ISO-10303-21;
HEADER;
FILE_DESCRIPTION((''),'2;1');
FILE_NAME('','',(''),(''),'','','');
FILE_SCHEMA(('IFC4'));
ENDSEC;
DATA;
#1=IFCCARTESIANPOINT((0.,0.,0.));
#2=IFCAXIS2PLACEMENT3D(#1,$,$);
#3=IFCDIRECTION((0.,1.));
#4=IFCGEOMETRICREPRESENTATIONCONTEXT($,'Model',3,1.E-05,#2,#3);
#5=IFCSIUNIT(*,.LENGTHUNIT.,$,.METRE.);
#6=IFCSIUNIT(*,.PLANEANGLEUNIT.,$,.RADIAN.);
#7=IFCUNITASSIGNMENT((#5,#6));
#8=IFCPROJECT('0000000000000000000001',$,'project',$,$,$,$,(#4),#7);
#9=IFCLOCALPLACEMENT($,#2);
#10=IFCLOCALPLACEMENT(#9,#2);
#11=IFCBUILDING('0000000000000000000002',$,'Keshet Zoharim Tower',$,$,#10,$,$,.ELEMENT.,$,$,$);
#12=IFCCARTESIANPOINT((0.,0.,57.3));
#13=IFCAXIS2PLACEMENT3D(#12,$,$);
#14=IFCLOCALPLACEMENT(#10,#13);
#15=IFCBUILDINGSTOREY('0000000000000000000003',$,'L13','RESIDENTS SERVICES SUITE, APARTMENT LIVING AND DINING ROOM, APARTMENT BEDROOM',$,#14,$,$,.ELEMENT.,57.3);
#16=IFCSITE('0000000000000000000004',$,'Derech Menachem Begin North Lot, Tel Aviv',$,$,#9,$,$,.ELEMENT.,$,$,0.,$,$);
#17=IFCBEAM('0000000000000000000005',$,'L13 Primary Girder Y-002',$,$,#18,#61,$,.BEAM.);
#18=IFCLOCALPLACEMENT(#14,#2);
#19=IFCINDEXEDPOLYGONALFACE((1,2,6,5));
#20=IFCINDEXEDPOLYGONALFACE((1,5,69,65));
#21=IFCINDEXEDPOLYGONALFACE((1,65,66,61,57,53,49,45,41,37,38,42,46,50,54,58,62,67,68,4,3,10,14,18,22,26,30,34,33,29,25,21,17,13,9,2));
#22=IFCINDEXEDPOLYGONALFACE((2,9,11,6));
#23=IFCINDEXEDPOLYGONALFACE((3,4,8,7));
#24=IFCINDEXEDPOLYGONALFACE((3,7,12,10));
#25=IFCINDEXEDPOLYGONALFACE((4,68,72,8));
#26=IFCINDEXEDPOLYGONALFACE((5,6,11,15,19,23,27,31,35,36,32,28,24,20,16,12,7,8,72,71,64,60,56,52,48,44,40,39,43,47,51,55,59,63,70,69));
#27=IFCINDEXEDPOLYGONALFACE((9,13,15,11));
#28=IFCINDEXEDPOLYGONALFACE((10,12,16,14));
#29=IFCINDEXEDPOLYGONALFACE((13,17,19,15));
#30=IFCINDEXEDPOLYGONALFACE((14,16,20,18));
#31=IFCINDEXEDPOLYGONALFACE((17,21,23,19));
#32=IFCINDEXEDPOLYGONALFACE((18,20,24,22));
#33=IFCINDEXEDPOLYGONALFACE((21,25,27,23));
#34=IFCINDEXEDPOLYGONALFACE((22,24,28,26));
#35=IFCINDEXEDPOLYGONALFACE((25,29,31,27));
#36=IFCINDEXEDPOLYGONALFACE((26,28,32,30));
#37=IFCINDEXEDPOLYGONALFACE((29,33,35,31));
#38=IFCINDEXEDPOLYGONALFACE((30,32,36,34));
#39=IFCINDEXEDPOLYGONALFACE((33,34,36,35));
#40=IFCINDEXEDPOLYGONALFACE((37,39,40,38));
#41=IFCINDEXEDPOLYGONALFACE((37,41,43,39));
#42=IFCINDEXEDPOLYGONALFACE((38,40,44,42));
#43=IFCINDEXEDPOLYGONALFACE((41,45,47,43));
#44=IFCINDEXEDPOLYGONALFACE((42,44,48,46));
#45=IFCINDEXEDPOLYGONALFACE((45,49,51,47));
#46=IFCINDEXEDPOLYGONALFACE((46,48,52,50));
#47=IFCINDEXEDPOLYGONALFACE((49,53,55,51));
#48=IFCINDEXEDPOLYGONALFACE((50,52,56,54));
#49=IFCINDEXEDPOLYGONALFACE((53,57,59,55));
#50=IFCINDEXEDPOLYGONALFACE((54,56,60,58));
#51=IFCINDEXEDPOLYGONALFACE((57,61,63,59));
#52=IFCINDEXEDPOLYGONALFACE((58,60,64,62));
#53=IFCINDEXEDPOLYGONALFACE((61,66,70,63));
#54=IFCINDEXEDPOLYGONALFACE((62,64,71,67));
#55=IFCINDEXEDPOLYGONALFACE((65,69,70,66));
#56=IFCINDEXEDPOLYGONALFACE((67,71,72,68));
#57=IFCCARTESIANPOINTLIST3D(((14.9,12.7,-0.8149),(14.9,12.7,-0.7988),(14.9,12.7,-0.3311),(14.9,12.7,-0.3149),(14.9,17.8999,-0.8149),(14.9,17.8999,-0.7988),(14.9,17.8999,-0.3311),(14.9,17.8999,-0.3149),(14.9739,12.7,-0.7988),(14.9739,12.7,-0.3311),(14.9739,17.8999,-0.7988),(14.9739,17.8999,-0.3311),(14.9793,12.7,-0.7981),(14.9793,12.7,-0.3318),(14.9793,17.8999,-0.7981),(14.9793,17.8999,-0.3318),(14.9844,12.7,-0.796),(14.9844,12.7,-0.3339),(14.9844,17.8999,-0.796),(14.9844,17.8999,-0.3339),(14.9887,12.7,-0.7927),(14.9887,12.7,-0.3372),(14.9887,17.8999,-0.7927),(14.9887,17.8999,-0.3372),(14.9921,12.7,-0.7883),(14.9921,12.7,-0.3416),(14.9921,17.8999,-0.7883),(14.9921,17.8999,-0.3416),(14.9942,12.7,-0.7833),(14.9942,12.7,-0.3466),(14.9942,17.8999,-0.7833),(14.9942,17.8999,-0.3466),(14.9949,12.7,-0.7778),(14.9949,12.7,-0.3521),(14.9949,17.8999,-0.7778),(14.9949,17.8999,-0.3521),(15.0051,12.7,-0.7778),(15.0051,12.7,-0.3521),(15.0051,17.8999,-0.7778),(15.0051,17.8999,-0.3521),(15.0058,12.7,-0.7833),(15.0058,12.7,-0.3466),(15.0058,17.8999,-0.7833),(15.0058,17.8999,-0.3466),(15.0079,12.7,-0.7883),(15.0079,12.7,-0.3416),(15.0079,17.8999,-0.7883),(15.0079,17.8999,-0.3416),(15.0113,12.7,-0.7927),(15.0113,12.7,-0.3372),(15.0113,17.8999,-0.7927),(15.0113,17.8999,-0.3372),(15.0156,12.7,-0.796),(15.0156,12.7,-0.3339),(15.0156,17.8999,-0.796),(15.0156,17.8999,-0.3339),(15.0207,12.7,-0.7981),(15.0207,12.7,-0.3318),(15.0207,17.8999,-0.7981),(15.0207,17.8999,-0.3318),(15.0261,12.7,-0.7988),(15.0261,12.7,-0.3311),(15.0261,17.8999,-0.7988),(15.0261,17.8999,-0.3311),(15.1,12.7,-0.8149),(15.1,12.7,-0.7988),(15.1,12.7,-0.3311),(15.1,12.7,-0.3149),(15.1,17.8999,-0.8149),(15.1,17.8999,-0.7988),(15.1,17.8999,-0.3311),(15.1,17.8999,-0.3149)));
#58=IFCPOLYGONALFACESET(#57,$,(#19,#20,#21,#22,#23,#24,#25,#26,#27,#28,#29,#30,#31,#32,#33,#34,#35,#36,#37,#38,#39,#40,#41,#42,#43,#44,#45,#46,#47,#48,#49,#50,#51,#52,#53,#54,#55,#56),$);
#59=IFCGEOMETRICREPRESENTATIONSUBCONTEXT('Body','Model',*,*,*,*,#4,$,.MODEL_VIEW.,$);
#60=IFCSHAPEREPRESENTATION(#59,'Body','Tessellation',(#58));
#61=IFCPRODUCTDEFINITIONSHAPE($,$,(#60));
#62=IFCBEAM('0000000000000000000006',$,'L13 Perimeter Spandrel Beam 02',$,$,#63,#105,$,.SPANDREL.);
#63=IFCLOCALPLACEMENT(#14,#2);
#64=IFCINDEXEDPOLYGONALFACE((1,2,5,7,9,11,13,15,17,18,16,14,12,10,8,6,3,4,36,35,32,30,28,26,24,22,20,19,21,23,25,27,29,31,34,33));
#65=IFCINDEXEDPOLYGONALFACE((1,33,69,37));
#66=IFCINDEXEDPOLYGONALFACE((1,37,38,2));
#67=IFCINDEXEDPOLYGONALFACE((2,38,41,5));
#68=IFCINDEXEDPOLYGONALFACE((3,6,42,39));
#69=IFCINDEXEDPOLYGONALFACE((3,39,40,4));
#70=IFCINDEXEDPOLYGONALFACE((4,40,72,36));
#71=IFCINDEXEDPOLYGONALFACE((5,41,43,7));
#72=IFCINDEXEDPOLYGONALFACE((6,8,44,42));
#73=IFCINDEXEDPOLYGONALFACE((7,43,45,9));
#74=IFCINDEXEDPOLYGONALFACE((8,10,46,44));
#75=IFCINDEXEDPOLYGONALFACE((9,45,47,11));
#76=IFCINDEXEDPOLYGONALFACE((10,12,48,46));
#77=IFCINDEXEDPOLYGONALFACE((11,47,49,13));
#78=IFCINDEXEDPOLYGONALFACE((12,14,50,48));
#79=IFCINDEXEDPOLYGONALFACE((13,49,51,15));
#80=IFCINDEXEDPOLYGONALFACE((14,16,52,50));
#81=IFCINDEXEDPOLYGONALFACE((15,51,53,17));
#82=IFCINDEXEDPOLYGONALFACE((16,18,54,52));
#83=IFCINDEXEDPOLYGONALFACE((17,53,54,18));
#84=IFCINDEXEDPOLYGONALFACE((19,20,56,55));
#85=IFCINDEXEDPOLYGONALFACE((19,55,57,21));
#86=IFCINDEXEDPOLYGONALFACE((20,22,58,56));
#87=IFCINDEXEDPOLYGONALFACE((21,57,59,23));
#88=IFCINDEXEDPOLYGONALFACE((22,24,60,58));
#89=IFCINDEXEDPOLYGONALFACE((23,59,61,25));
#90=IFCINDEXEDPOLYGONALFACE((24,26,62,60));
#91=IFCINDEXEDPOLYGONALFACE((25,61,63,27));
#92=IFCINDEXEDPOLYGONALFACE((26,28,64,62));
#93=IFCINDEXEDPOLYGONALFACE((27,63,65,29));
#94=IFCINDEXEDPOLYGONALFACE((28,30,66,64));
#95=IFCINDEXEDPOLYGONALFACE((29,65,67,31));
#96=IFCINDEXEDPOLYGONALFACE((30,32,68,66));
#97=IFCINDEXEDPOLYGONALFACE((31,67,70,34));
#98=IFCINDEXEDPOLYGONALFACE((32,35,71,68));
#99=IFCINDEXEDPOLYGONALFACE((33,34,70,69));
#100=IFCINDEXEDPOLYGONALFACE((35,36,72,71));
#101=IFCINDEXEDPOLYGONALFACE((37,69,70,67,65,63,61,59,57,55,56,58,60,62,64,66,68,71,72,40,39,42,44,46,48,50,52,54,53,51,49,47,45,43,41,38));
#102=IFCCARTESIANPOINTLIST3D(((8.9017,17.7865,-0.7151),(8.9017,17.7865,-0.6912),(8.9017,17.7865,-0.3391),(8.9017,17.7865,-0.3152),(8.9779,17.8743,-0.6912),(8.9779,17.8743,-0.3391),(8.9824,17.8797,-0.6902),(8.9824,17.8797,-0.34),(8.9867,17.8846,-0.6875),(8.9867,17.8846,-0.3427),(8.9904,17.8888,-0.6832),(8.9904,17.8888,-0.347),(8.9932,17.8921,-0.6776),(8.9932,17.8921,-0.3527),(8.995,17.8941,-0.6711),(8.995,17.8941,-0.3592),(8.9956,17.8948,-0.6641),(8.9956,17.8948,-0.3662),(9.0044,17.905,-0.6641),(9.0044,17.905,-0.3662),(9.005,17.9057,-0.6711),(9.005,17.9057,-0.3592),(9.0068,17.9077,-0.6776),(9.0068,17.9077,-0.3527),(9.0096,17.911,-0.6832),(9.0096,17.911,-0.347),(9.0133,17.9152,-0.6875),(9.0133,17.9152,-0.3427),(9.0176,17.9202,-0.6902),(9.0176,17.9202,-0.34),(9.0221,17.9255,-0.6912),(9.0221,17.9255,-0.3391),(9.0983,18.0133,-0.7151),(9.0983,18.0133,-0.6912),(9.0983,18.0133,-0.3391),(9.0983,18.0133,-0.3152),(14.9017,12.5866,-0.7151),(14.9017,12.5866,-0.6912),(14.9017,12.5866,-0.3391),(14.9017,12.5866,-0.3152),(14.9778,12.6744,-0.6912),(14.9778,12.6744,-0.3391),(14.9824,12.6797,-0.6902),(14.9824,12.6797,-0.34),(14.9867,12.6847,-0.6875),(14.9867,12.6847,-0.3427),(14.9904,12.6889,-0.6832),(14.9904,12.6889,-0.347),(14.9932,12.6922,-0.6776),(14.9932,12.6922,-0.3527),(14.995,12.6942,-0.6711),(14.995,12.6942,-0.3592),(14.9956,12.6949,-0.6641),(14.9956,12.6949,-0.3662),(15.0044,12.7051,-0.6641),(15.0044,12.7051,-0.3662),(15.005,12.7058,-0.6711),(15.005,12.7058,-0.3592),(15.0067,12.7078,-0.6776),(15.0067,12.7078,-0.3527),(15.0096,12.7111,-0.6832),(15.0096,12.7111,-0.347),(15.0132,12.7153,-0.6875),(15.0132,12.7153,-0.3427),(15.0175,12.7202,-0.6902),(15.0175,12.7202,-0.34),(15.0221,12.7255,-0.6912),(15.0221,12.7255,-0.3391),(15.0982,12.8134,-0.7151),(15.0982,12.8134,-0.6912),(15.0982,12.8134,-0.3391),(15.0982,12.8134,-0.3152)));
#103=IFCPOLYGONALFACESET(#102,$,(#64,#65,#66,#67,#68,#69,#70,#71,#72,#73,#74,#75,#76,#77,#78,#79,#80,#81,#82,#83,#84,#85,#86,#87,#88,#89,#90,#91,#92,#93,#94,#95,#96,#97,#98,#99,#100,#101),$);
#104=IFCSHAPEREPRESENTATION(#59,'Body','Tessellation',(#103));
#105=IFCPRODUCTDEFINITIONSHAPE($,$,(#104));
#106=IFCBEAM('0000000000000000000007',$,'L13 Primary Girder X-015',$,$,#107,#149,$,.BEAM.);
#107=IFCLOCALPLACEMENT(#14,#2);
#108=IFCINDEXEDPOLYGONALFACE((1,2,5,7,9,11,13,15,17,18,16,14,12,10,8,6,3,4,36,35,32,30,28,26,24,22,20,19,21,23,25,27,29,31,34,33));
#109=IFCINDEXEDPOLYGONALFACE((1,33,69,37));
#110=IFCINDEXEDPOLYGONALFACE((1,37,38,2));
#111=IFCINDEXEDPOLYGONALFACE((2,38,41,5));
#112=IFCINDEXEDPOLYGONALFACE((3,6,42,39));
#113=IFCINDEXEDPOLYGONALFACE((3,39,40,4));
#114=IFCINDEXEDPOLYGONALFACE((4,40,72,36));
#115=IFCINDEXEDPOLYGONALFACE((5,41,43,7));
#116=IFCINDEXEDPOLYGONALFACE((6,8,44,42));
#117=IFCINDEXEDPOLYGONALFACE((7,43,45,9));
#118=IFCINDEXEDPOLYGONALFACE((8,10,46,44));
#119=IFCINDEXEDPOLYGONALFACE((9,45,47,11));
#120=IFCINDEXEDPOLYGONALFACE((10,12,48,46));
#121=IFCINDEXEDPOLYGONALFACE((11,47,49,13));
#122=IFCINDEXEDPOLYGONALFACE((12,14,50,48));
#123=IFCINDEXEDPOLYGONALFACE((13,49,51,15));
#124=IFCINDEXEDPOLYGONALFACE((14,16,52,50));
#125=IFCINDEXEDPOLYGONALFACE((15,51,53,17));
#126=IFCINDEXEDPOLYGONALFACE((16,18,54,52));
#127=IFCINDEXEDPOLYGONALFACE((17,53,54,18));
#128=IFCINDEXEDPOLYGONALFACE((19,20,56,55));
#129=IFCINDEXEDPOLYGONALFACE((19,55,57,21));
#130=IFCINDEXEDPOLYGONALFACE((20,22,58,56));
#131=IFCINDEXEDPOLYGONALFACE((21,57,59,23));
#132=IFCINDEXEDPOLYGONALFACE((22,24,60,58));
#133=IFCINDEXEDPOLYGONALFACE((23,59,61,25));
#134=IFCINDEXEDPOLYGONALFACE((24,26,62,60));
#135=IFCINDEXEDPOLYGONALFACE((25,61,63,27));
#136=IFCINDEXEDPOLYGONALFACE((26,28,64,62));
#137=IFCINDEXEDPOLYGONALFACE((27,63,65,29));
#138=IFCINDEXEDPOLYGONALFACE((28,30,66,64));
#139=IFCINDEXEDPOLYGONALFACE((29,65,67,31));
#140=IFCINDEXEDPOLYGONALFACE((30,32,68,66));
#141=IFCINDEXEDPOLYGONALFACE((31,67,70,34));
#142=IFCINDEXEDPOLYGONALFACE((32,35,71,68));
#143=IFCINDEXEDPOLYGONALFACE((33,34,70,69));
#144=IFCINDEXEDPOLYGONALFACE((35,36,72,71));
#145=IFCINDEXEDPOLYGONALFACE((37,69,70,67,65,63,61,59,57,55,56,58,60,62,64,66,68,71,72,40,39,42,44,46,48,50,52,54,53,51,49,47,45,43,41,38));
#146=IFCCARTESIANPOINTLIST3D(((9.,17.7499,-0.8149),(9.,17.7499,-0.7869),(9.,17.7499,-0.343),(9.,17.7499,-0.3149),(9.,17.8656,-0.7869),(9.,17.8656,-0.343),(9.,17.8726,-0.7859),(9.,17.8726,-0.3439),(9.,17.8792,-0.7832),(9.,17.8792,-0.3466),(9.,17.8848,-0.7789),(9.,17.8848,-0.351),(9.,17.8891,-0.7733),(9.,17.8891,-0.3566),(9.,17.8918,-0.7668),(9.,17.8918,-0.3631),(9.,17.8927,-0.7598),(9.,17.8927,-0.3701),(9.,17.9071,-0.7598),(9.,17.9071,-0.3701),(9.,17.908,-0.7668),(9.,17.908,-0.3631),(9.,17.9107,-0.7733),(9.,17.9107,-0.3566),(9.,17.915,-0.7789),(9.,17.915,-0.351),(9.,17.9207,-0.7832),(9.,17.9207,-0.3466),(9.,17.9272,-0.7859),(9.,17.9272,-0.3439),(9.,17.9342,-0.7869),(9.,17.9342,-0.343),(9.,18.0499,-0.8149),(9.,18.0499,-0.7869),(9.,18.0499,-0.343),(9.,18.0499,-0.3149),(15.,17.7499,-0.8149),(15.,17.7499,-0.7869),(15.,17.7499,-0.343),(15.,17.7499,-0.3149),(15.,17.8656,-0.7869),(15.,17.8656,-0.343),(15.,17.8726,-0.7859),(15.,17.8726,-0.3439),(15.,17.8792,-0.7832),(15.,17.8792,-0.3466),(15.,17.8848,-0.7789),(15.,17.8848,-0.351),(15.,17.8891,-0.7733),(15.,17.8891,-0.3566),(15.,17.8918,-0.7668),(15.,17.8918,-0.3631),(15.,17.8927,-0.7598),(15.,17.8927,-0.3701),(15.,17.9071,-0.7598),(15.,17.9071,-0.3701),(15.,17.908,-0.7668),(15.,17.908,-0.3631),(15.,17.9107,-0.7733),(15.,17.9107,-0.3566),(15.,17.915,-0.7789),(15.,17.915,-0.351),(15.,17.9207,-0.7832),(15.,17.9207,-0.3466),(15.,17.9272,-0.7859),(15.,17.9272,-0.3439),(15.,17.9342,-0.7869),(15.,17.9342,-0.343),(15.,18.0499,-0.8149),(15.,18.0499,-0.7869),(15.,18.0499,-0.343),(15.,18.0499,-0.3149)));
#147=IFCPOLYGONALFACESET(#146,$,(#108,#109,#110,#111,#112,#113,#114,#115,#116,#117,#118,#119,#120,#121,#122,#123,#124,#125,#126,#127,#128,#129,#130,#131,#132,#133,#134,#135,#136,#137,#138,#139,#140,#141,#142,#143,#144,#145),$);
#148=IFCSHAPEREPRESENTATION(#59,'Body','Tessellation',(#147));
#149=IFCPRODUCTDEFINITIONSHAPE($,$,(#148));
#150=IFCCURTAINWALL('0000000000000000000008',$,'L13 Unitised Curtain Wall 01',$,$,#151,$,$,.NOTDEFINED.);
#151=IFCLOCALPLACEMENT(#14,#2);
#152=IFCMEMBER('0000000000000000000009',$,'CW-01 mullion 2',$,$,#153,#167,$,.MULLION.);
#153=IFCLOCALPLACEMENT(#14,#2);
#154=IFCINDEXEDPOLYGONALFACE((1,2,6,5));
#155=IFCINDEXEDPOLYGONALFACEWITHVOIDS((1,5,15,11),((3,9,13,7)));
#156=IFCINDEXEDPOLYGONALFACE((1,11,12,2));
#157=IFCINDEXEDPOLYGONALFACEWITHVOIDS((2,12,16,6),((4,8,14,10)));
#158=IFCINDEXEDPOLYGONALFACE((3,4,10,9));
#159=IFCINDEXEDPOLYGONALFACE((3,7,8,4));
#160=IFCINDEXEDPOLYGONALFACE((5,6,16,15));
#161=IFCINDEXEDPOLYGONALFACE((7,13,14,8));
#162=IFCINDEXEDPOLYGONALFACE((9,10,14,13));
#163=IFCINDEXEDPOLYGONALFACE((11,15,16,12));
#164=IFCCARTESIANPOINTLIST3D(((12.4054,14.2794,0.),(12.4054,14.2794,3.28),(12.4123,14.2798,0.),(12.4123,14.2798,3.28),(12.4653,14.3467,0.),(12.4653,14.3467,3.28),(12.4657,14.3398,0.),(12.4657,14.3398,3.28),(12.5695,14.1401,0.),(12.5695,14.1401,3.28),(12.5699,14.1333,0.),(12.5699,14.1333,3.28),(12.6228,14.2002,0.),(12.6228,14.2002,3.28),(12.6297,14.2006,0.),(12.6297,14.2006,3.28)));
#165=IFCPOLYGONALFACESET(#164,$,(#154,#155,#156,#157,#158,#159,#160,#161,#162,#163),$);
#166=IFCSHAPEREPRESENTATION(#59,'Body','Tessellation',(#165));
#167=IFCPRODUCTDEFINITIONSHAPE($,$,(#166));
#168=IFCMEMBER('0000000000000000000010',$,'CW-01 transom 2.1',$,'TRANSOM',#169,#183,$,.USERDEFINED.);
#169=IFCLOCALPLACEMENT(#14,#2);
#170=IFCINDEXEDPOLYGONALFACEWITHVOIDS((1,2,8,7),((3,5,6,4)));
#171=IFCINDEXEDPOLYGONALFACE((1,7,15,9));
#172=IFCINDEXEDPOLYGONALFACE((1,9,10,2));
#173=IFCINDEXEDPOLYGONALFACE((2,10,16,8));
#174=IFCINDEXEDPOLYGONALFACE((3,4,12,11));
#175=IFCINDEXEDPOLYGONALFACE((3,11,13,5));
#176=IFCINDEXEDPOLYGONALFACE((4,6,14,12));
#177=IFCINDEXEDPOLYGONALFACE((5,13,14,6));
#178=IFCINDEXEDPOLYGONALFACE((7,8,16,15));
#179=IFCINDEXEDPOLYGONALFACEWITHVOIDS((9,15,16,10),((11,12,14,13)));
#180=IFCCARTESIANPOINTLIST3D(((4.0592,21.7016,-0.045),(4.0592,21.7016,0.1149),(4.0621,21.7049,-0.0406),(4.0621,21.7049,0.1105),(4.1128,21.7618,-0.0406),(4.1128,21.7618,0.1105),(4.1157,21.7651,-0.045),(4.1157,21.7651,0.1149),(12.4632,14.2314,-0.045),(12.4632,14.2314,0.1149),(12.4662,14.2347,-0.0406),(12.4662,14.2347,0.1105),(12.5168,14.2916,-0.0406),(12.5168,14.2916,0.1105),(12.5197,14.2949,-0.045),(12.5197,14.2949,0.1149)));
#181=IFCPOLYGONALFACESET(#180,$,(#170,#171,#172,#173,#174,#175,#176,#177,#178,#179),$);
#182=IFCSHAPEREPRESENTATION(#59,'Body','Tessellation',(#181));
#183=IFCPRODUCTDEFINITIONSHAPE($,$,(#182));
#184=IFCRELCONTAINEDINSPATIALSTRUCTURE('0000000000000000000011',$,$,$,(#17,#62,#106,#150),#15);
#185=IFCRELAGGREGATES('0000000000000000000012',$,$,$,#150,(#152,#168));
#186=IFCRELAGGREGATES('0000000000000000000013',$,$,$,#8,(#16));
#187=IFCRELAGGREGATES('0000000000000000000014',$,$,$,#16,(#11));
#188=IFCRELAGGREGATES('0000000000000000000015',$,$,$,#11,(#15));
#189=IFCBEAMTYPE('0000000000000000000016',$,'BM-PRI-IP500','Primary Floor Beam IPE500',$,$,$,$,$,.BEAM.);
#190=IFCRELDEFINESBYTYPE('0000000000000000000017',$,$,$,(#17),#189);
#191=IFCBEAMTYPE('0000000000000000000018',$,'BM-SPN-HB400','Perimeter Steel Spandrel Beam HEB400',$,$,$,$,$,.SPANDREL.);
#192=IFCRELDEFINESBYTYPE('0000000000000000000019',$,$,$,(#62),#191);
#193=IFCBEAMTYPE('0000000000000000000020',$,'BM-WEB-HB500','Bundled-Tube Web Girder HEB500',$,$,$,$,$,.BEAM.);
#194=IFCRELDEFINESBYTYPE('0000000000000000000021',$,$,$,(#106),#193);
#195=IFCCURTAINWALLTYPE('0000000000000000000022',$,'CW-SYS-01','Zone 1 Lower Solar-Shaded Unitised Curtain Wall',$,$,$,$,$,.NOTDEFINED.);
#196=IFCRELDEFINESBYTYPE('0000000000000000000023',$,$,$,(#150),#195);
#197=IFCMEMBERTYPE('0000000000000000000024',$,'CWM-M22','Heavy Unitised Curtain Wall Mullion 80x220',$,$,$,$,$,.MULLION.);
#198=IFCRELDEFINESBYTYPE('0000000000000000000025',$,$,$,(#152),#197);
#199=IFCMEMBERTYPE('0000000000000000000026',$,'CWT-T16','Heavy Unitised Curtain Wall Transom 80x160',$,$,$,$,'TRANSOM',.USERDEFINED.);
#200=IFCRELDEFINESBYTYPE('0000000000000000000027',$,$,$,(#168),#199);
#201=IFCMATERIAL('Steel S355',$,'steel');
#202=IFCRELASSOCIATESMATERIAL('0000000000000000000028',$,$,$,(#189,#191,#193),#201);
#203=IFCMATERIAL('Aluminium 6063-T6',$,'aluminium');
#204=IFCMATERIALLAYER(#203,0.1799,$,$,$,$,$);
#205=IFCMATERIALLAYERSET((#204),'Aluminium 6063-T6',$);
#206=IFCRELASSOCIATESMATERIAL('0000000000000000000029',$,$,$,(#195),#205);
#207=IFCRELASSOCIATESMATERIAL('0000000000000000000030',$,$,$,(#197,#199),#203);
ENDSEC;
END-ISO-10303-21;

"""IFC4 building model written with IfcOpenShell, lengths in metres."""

from ifc_helpers import new_model, si_unit, direction, frame, origin, origin_2d, place, context, subcontext, project, spatial, hollow_rectangle, i_section, extrude, material, layer, layer_set, material_profile, profile_set, type_object, element, aggregate, save


model = new_model("IFC4")

# Units and contexts
model_context = context("Model", 3, precision=1e-05, world=origin(), true_north=direction((0.0, 1.0)))
body_context = subcontext(model_context, "Body", "Model", "MODEL_VIEW")
ifc_project = project(units=[si_unit("LENGTHUNIT", "METRE"), si_unit("PLANEANGLEUNIT", "RADIAN")], contexts=[model_context])

# Site, building, storey
site_placement = place(None, origin())
site = spatial("IfcSite", under=ifc_project, at=site_placement, Name="Derech Menachem Begin North Lot, Tel Aviv", CompositionType="ELEMENT", RefElevation=0.0)
building_placement = place(site_placement, origin())
building = spatial("IfcBuilding", under=site, at=building_placement, Name="Keshet Zoharim Tower", CompositionType="ELEMENT")
storey_placement = place(building_placement, frame((0.0, 0.0, 57.3)))
storey = spatial("IfcBuildingStorey", under=building, at=storey_placement, Name="L13", Description="RESIDENTS SERVICES SUITE, APARTMENT LIVING AND DINING ROOM, APARTMENT BEDROOM", CompositionType="ELEMENT", Elevation=57.3)

# Shared definitions
ifc_material_1 = material(Name="Steel S355", Category="steel")

# Beams
ifc_material_profile_1 = material_profile(ifc_material_1, i_section(OverallWidth=0.2, OverallDepth=0.5, WebThickness=0.0103, FlangeThickness=0.0161, FilletRadius=0.021, at=origin_2d()), Name="IPE500")
ifc_profile_set_1 = profile_set([ifc_material_profile_1], Name="Steel S355")
beam_type_1 = type_object("IfcBeamType", Name="BM-PRI-IP500", Description="Primary Floor Beam IPE500", PredefinedType="BEAM", material=ifc_profile_set_1)
beam_1_placement = place(storey_placement, frame((15.0, 12.7, -0.5649), z_axis=(0.0, 1.0, 0.0), x_axis=(-1.0, 0.0, 0.0)))
element("IfcBeam", 1, at=beam_1_placement, inside=storey, type_object=beam_type_1, Name="L13 Primary Girder Y-002", PredefinedType="BEAM", context=body_context, shape_type="SweptSolid", body=[
    extrude(i_section(OverallWidth=0.2, OverallDepth=0.5, WebThickness=0.0103, FlangeThickness=0.0161, FilletRadius=0.021, at=origin_2d()), origin(), (0.0, 0.0, 1.0), 5.2),
])
ifc_material_profile_2 = material_profile(ifc_material_1, i_section(OverallWidth=0.3, OverallDepth=0.3999, WebThickness=0.0134, FlangeThickness=0.0239, FilletRadius=0.0271, at=origin_2d()), Name="HEB400")
ifc_profile_set_2 = profile_set([ifc_material_profile_2], Name="Steel S355")
beam_type_2 = type_object("IfcBeamType", Name="BM-SPN-HB400", Description="Perimeter Steel Spandrel Beam HEB400", PredefinedType="SPANDREL", material=ifc_profile_set_2)
beam_2_placement = place(storey_placement, frame((9.0, 17.8999, -0.5151), z_axis=(0.755692, -0.654927, 0.0), x_axis=(0.654927, 0.755692, 0.0)))
element("IfcBeam", 2, at=beam_2_placement, inside=storey, type_object=beam_type_2, Name="L13 Perimeter Spandrel Beam 02", PredefinedType="SPANDREL", context=body_context, shape_type="SweptSolid", body=[
    extrude(i_section(OverallWidth=0.3, OverallDepth=0.3999, WebThickness=0.0134, FlangeThickness=0.0239, FilletRadius=0.0271, at=origin_2d()), origin(), (0.0, 0.0, 1.0), 7.9397),
])
ifc_material_profile_3 = material_profile(ifc_material_1, i_section(OverallWidth=0.3, OverallDepth=0.5, WebThickness=0.0144, FlangeThickness=0.0281, FilletRadius=0.0271, at=origin_2d()), Name="HEB500")
ifc_profile_set_3 = profile_set([ifc_material_profile_3], Name="Steel S355")
beam_type_3 = type_object("IfcBeamType", Name="BM-WEB-HB500", Description="Bundled-Tube Web Girder HEB500", PredefinedType="BEAM", material=ifc_profile_set_3)
beam_3_placement = place(storey_placement, frame((9.0, 17.8999, -0.5649), z_axis=(1.0, 0.0, 0.0), x_axis=(0.0, 1.0, 0.0)))
element("IfcBeam", 3, at=beam_3_placement, inside=storey, type_object=beam_type_3, Name="L13 Primary Girder X-015", PredefinedType="BEAM", context=body_context, shape_type="SweptSolid", body=[
    extrude(i_section(OverallWidth=0.3, OverallDepth=0.5, WebThickness=0.0144, FlangeThickness=0.0281, FilletRadius=0.0271, at=origin_2d()), origin(), (0.0, 0.0, 1.0), 6.0),
])

# Curtain wall, members
ifc_material_2 = material(Name="Aluminium 6063-T6", Category="aluminium")
ifc_layer_1 = layer(ifc_material_2, 0.1799)
ifc_layer_set_1 = layer_set([ifc_layer_1], Name="Aluminium 6063-T6")
curtain_wall_type = type_object("IfcCurtainWallType", Name="CW-SYS-01", Description="Zone 1 Lower Solar-Shaded Unitised Curtain Wall", PredefinedType="NOTDEFINED", material=ifc_layer_set_1)
curtain_wall_placement = place(storey_placement, origin())
curtain_wall = element("IfcCurtainWall", 4, at=curtain_wall_placement, inside=storey, type_object=curtain_wall_type, Name="L13 Unitised Curtain Wall 01", PredefinedType="NOTDEFINED")
ifc_material_profile_4 = material_profile(ifc_material_2, hollow_rectangle(XDim=0.0901, YDim=0.22, WallThickness=0.0049, at=origin_2d()), Name="MUL-90x220")
ifc_profile_set_4 = profile_set([ifc_material_profile_4], Name="Aluminium 6063-T6")
member_type_1 = type_object("IfcMemberType", Name="CWM-M22", Description="Heavy Unitised Curtain Wall Mullion 80x220", PredefinedType="MULLION", material=ifc_profile_set_4)
member_1_placement = place(storey_placement, frame((12.5176, 14.24, 0.0), z_axis=(0.0, 0.0, 1.0), x_axis=(-0.664364, -0.747409, 0.0)))
member_1 = element("IfcMember", 5, at=member_1_placement, type_object=member_type_1, Name="CW-01 mullion 2", PredefinedType="MULLION", context=body_context, shape_type="SweptSolid", body=[
    extrude(hollow_rectangle(XDim=0.0901, YDim=0.22, WallThickness=0.0049, at=origin_2d()), origin(), (0.0, 0.0, 1.0), 3.28),
])
ifc_material_profile_5 = material_profile(ifc_material_2, hollow_rectangle(XDim=0.085, YDim=0.1599, WallThickness=0.0044, at=origin_2d()), Name="TRN-85x160")
ifc_profile_set_5 = profile_set([ifc_material_profile_5], Name="Aluminium 6063-T6")
member_type_2 = type_object("IfcMemberType", Name="CWT-T16", Description="Heavy Unitised Curtain Wall Transom 80x160", ElementType="TRANSOM", PredefinedType="USERDEFINED", material=ifc_profile_set_5)
member_2_placement = place(storey_placement, frame((12.4915, 14.2632, 0.0349), z_axis=(-0.747412, 0.664361, 0.0), x_axis=(-0.664361, -0.747412, 0.0)))
member_2 = element("IfcMember", 6, at=member_2_placement, type_object=member_type_2, Name="CW-01 transom 2.1", ObjectType="TRANSOM", PredefinedType="USERDEFINED", context=body_context, shape_type="SweptSolid", body=[
    extrude(hollow_rectangle(XDim=0.085, YDim=0.1599, WallThickness=0.0044, at=origin_2d()), origin(), (0.0, 0.0, 1.0), 11.2441),
])
aggregate(curtain_wall, [member_1, member_2])

save(model, "model.ifc")
